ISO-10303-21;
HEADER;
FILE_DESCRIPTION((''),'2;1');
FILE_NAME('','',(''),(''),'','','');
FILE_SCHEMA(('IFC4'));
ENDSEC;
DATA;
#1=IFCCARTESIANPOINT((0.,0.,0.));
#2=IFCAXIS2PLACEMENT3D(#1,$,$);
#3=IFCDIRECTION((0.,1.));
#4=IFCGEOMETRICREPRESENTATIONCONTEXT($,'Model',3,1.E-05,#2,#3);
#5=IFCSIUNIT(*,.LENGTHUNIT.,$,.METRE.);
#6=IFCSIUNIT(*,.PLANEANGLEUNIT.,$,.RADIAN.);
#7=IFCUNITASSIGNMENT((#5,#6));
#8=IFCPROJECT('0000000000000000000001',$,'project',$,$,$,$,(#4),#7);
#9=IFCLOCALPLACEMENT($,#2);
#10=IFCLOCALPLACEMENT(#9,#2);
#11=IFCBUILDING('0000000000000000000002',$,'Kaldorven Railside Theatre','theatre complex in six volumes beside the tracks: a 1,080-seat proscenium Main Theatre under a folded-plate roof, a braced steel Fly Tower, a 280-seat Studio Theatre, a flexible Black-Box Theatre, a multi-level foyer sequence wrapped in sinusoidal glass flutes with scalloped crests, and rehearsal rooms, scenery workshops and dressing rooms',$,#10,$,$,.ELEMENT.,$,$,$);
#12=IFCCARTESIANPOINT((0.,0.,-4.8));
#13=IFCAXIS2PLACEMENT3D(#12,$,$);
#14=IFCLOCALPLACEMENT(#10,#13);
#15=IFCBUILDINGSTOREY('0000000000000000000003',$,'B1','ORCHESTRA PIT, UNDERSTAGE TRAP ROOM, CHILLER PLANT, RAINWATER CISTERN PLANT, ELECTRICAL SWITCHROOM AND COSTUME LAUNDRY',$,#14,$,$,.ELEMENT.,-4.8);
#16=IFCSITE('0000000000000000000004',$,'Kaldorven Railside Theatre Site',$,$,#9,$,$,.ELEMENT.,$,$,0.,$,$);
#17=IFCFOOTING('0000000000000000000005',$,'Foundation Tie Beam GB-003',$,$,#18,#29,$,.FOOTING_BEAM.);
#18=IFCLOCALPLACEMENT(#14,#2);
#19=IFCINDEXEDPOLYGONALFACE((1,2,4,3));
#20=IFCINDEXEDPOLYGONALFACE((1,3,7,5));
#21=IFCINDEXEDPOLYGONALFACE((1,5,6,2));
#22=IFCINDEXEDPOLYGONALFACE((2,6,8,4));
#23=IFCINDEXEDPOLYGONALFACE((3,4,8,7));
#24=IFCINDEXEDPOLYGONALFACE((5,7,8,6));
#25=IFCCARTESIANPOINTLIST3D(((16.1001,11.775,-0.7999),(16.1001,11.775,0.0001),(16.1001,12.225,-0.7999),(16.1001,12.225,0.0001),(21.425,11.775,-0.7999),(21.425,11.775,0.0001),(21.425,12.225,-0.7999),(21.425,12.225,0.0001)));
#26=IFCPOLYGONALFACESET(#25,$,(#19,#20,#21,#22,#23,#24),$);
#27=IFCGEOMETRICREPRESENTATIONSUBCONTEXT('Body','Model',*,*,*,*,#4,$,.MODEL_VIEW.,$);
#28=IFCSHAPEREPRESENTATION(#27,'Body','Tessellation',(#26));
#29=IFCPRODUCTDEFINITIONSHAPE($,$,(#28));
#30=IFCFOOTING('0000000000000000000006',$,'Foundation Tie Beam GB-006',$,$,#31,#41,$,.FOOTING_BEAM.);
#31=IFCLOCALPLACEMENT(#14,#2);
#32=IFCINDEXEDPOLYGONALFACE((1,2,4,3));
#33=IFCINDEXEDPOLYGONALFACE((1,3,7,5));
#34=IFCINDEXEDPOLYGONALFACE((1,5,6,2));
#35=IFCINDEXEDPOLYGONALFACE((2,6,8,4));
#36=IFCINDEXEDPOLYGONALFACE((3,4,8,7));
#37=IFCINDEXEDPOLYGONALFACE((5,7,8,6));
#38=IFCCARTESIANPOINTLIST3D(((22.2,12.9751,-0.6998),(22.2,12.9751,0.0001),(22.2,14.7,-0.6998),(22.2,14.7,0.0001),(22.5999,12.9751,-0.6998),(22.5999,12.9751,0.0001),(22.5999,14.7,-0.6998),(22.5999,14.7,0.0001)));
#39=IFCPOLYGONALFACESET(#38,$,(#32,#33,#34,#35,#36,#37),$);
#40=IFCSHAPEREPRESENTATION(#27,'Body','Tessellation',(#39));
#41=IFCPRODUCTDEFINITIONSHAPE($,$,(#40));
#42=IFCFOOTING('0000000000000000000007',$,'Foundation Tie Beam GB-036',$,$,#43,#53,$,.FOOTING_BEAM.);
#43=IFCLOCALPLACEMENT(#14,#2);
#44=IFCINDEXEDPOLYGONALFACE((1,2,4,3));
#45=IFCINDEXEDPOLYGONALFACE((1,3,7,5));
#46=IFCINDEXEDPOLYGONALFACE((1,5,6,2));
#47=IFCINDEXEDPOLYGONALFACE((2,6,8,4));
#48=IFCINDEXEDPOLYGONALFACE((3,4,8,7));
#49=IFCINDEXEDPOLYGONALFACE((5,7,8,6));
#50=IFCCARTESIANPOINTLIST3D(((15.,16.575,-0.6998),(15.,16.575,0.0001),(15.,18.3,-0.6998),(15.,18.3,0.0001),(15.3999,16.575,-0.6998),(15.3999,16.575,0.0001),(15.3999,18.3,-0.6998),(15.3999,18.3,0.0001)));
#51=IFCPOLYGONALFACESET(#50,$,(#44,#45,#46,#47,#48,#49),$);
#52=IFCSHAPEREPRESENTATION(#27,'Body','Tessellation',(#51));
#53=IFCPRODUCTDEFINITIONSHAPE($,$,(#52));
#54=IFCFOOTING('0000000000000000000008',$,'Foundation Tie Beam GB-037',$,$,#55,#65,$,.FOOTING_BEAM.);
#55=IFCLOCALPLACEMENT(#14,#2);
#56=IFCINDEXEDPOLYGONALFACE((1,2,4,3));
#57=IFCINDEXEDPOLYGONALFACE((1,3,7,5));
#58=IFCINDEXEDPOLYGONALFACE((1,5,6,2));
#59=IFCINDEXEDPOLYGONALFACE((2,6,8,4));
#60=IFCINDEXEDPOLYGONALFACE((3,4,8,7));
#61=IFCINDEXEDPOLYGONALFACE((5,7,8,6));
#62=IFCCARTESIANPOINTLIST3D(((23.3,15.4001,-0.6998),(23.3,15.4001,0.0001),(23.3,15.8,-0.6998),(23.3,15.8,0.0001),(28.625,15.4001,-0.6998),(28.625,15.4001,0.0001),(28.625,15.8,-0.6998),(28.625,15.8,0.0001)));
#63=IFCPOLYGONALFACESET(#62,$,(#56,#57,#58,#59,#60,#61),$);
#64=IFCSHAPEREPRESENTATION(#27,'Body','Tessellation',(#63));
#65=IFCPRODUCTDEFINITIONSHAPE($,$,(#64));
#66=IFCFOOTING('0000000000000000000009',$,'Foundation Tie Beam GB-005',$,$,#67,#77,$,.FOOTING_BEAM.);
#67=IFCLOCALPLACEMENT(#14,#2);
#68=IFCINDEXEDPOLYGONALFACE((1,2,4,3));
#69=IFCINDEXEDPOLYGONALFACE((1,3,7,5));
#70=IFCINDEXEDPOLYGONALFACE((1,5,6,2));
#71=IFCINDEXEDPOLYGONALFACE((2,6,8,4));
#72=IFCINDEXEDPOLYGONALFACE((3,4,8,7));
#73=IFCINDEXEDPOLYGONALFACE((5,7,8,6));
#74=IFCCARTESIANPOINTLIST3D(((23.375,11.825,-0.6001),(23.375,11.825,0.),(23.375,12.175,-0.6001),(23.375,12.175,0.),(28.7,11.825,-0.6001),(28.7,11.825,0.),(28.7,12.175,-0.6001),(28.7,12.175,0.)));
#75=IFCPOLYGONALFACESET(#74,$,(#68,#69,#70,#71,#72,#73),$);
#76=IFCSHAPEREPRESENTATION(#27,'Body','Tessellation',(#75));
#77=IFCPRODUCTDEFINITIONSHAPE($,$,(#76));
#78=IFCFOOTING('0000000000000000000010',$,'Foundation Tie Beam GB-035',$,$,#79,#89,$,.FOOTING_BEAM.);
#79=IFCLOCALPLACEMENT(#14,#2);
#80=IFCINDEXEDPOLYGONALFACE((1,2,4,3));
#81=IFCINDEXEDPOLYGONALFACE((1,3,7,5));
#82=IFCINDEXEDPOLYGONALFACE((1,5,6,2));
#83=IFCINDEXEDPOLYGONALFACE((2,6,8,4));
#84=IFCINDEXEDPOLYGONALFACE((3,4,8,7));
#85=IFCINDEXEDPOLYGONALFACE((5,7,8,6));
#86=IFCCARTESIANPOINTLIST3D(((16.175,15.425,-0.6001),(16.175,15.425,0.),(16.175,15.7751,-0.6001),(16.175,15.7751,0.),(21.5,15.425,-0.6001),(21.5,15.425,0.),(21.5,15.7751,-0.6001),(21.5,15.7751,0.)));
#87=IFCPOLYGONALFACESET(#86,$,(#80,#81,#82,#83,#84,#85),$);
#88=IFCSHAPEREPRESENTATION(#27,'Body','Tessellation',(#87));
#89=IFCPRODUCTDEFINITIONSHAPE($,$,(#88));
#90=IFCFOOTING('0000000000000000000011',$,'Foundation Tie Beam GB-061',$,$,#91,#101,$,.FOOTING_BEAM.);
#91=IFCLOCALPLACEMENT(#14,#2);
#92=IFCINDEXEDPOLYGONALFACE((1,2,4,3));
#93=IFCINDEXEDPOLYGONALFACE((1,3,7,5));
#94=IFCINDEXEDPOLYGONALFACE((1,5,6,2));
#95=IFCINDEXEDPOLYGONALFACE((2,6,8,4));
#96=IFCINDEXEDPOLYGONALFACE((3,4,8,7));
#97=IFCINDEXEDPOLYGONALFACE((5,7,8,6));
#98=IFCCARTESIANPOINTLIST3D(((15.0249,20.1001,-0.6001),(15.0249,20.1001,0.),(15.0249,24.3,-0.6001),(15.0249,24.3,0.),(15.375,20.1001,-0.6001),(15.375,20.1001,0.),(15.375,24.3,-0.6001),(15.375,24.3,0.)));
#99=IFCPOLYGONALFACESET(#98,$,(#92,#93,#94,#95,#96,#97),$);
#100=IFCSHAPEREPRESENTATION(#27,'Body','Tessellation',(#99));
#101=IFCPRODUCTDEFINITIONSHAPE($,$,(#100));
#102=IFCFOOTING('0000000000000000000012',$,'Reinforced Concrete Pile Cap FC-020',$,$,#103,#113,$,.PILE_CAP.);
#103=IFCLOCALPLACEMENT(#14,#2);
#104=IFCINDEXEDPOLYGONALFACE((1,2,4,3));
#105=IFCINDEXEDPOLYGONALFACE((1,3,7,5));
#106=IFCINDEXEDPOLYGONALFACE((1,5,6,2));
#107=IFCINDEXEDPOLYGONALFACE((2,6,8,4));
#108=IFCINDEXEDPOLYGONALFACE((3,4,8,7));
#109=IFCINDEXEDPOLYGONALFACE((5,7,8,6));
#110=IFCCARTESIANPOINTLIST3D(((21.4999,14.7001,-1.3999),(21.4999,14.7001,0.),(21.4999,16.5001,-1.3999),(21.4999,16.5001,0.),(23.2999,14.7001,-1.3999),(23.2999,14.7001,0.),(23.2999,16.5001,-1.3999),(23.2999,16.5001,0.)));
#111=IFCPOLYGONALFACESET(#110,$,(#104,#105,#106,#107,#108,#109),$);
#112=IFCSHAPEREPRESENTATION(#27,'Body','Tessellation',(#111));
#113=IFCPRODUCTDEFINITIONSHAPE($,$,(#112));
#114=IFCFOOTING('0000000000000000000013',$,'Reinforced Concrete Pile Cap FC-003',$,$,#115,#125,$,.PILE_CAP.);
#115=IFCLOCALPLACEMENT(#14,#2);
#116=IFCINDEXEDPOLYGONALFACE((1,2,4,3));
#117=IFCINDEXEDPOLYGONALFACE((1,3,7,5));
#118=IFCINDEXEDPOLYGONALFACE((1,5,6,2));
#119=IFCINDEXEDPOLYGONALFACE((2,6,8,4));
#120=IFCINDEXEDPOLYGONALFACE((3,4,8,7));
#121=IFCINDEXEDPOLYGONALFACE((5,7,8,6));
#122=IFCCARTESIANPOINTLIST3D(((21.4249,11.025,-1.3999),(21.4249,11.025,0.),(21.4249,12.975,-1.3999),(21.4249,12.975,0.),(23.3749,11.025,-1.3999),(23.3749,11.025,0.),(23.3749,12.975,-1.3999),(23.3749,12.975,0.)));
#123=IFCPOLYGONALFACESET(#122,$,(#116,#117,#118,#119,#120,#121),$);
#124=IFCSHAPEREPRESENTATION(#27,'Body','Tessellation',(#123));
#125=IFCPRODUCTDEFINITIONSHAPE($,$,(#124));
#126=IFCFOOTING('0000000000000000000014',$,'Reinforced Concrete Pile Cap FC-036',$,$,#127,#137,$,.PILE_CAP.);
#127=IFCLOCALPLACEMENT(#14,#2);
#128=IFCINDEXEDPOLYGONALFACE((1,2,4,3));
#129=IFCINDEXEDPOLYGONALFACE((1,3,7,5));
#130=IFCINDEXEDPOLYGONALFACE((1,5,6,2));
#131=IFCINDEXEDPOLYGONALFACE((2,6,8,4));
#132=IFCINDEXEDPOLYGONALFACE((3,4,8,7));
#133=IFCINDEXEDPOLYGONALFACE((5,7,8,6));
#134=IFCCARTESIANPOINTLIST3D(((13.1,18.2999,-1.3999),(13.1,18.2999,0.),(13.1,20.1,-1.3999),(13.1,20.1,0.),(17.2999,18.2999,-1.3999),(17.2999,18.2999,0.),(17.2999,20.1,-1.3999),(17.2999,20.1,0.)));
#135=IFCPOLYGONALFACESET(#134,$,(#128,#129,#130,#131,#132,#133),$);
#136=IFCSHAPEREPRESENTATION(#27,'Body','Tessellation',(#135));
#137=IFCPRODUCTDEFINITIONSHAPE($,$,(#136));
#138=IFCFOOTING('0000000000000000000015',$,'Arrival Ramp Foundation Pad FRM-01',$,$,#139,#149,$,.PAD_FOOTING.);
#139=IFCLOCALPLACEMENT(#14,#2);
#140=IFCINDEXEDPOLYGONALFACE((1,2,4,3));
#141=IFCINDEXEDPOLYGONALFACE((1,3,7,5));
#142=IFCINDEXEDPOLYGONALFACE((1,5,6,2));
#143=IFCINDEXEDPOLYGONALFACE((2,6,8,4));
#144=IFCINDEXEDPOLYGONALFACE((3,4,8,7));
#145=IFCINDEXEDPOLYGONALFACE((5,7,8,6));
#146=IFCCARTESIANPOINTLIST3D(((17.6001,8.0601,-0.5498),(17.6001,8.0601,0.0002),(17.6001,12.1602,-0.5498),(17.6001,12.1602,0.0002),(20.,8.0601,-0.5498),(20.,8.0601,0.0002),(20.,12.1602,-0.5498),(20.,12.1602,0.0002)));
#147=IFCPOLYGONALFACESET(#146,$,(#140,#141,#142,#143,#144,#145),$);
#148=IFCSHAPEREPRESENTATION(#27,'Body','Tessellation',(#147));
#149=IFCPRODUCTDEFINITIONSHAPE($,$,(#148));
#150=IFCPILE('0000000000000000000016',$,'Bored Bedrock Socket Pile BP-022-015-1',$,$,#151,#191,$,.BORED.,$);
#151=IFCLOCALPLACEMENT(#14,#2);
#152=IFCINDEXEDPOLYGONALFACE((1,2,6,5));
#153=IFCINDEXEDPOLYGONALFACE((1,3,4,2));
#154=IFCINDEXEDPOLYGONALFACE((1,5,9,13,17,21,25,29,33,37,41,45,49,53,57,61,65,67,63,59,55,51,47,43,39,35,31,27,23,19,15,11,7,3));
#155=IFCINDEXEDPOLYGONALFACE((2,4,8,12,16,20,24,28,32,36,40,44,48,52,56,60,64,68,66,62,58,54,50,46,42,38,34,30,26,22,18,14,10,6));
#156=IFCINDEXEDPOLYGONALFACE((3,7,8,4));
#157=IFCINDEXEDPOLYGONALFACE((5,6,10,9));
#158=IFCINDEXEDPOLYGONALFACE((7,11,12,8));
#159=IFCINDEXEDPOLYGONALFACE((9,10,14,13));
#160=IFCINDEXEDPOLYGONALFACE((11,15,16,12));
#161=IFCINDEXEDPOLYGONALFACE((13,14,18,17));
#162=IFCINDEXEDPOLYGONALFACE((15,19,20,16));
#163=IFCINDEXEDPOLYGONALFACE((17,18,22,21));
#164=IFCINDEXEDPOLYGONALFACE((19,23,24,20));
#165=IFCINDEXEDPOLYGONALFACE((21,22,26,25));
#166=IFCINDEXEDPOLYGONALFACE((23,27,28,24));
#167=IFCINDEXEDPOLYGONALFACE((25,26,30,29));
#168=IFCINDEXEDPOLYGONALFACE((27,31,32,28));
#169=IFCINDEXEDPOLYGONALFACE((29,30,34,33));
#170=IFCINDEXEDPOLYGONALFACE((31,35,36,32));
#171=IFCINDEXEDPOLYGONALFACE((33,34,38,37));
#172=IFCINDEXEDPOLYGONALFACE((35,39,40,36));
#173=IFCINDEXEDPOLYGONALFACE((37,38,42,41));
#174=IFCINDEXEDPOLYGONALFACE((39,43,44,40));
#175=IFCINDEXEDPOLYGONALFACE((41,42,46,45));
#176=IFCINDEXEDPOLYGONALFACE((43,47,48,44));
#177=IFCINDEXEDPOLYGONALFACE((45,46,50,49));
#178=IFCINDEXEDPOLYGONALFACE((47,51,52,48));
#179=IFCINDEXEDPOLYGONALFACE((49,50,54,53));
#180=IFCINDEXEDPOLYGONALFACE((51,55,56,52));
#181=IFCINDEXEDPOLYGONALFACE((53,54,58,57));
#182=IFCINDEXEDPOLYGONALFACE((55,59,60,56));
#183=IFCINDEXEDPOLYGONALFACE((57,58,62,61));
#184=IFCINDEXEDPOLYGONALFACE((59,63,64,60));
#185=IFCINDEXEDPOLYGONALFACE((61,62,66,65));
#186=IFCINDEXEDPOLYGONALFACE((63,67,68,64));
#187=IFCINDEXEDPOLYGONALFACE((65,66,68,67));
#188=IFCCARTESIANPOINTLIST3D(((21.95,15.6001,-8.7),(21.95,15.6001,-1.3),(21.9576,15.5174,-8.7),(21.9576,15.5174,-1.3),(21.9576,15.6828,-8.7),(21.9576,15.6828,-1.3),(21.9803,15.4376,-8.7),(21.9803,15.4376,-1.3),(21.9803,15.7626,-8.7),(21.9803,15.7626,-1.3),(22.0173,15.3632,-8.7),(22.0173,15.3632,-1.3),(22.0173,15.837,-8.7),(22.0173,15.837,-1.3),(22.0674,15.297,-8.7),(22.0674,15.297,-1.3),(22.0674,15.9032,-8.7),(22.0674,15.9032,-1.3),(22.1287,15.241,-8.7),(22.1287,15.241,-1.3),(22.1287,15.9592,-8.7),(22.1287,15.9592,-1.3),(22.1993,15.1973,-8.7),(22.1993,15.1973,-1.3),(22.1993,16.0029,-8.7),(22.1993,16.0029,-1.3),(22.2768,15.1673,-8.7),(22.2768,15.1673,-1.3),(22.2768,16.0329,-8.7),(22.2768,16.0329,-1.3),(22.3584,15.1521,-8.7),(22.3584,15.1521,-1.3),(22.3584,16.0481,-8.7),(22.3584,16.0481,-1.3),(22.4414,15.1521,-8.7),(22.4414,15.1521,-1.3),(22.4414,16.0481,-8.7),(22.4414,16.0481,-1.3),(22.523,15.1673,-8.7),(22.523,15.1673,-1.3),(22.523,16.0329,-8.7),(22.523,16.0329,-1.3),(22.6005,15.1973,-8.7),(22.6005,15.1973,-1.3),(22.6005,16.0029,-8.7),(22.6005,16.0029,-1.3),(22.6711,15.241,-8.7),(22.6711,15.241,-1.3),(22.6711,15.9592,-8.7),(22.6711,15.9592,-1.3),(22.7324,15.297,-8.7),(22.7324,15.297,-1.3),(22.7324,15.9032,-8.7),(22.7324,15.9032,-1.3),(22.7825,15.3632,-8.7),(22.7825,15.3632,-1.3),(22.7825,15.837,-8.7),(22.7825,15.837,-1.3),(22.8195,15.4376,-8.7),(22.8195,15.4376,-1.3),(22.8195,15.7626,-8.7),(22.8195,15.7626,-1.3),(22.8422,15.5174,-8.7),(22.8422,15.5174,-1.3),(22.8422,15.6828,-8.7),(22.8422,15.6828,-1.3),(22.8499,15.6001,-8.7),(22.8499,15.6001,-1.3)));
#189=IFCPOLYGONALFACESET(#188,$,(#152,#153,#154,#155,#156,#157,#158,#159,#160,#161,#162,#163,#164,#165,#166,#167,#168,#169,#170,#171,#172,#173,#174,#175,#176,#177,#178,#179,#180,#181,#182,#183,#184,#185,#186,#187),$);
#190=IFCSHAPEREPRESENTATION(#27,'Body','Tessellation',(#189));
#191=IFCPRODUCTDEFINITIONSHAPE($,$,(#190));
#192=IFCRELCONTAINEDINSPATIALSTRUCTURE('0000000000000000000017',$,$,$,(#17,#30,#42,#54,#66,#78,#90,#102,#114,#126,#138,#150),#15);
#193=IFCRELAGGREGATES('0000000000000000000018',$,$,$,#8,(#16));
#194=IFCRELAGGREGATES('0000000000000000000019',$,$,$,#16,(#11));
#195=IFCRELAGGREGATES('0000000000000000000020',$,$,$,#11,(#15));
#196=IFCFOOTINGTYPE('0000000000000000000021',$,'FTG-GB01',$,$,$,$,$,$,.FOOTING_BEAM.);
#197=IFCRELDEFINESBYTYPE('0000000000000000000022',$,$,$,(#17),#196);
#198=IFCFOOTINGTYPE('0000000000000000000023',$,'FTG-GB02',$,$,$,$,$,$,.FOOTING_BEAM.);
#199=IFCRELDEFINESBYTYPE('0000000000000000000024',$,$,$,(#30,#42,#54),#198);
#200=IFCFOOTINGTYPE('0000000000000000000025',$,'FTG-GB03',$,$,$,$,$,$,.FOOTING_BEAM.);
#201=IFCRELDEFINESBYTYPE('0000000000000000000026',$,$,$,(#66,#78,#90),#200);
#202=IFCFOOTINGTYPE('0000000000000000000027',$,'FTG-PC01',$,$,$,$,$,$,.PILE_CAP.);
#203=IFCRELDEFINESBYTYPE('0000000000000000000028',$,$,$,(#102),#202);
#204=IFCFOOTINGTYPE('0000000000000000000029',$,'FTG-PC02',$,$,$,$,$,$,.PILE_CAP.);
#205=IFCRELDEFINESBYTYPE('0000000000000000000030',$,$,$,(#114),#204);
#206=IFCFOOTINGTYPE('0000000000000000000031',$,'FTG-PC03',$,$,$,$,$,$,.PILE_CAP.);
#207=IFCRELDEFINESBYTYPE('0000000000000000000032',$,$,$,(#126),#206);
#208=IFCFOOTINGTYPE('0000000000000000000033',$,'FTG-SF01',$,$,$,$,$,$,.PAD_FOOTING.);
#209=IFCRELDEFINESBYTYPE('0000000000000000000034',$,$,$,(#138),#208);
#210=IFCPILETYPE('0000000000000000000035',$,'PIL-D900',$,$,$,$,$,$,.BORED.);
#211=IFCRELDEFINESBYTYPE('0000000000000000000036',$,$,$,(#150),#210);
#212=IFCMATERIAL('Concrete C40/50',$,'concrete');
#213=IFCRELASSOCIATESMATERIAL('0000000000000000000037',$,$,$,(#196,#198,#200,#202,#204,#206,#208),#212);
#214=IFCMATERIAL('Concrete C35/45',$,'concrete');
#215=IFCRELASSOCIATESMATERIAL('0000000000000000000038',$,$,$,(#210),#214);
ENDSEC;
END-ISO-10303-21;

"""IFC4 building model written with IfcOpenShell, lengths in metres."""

from ifc_helpers import new_model, si_unit, direction, frame, origin, origin_2d, place, context, subcontext, project, spatial, rectangle, circle, extrude, material, material_profile, profile_set, type_object, element, save


model = new_model("IFC4")

# Units and contexts
model_context = context("Model", 3, precision=1e-05, world=origin(), true_north=direction((0.0, 1.0)))
body_context = subcontext(model_context, "Body", "Model", "MODEL_VIEW")
ifc_project = project(units=[si_unit("LENGTHUNIT", "METRE"), si_unit("PLANEANGLEUNIT", "RADIAN")], contexts=[model_context])

# Site, building, storey
site_placement = place(None, origin())
site = spatial("IfcSite", under=ifc_project, at=site_placement, Name="Kaldorven Railside Theatre Site", CompositionType="ELEMENT", RefElevation=0.0)
building_placement = place(site_placement, origin())
building = spatial("IfcBuilding", under=site, at=building_placement, Name="Kaldorven Railside Theatre", Description="theatre complex in six volumes beside the tracks: a 1,080-seat proscenium Main Theatre under a folded-plate roof, a braced steel Fly Tower, a 280-seat Studio Theatre, a flexible Black-Box Theatre, a multi-level foyer sequence wrapped in sinusoidal glass flutes with scalloped crests, and rehearsal rooms, scenery workshops and dressing rooms", CompositionType="ELEMENT")
storey_placement = place(building_placement, frame((0.0, 0.0, -4.8)))
storey = spatial("IfcBuildingStorey", under=building, at=storey_placement, Name="B1", Description="ORCHESTRA PIT, UNDERSTAGE TRAP ROOM, CHILLER PLANT, RAINWATER CISTERN PLANT, ELECTRICAL SWITCHROOM AND COSTUME LAUNDRY", CompositionType="ELEMENT", Elevation=-4.8)

# Footings
ifc_material_1 = material(Name="Concrete C40/50", Category="concrete")
ifc_material_profile_1 = material_profile(ifc_material_1, rectangle(XDim=0.45, YDim=0.8, at=origin_2d()), Name="RC 450x800")
ifc_profile_set_1 = profile_set([ifc_material_profile_1], Name="Concrete C40/50")
footing_type_1 = type_object("IfcFootingType", Name="FTG-GB01", PredefinedType="FOOTING_BEAM", material=ifc_profile_set_1)
footing_1_placement = place(storey_placement, frame((16.1001, 12.0, -0.3999), z_axis=(1.0, 0.0, 0.0), x_axis=(0.0, 1.0, 0.0)))
element("IfcFooting", 1, at=footing_1_placement, inside=storey, type_object=footing_type_1, Name="Foundation Tie Beam GB-003", PredefinedType="FOOTING_BEAM", context=body_context, shape_type="SweptSolid", body=[
    extrude(rectangle(XDim=0.45, YDim=0.8, at=origin_2d()), origin(), (0.0, 0.0, 1.0), 5.325),
])
ifc_material_profile_2 = material_profile(ifc_material_1, rectangle(XDim=0.3999, YDim=0.7, at=origin_2d()), Name="RC 400x700")
ifc_profile_set_2 = profile_set([ifc_material_profile_2], Name="Concrete C40/50")
footing_type_2 = type_object("IfcFootingType", Name="FTG-GB02", PredefinedType="FOOTING_BEAM", material=ifc_profile_set_2)
footing_2_placement = place(storey_placement, frame((22.3999, 12.9751, -0.3499), z_axis=(0.0, 1.0, 0.0), x_axis=(-1.0, 0.0, 0.0)))
element("IfcFooting", 2, at=footing_2_placement, inside=storey, type_object=footing_type_2, Name="Foundation Tie Beam GB-006", PredefinedType="FOOTING_BEAM", context=body_context, shape_type="SweptSolid", body=[
    extrude(rectangle(XDim=0.3999, YDim=0.7, at=origin_2d()), origin(), (0.0, 0.0, 1.0), 1.7249),
])
footing_3_placement = place(storey_placement, frame((15.2, 16.575, -0.3499), z_axis=(0.0, 1.0, 0.0), x_axis=(-1.0, 0.0, 0.0)))
element("IfcFooting", 3, at=footing_3_placement, inside=storey, type_object=footing_type_2, Name="Foundation Tie Beam GB-036", PredefinedType="FOOTING_BEAM", context=body_context, shape_type="SweptSolid", body=[
    extrude(rectangle(XDim=0.3999, YDim=0.7, at=origin_2d()), origin(), (0.0, 0.0, 1.0), 1.7251),
])
footing_4_placement = place(storey_placement, frame((23.3, 15.6001, -0.3499), z_axis=(1.0, 0.0, 0.0), x_axis=(0.0, 1.0, 0.0)))
element("IfcFooting", 4, at=footing_4_placement, inside=storey, type_object=footing_type_2, Name="Foundation Tie Beam GB-037", PredefinedType="FOOTING_BEAM", context=body_context, shape_type="SweptSolid", body=[
    extrude(rectangle(XDim=0.3999, YDim=0.7, at=origin_2d()), origin(), (0.0, 0.0, 1.0), 5.325),
])
ifc_material_profile_3 = material_profile(ifc_material_1, rectangle(XDim=0.3501, YDim=0.6001, at=origin_2d()), Name="RC 350x600")
ifc_profile_set_3 = profile_set([ifc_material_profile_3], Name="Concrete C40/50")
footing_type_3 = type_object("IfcFootingType", Name="FTG-GB03", PredefinedType="FOOTING_BEAM", material=ifc_profile_set_3)
for number, where, z_axis, x_axis, name in (
    (5, (23.375, 12.0, -0.3), (1.0, 0.0, 0.0), (0.0, 1.0, 0.0), "Foundation Tie Beam GB-005"),
    (6, (16.175, 15.6001, -0.3), (1.0, 0.0, 0.0), (0.0, 1.0, 0.0), "Foundation Tie Beam GB-035"),
):
    element("IfcFooting", number, at=place(storey_placement, frame(where, z_axis=z_axis, x_axis=x_axis)), inside=storey, type_object=footing_type_3, Name=name, PredefinedType="FOOTING_BEAM", context=body_context, shape_type="SweptSolid", body=[
        extrude(rectangle(XDim=0.3501, YDim=0.6001, at=origin_2d()), origin(), (0.0, 0.0, 1.0), 5.325),
    ])
footing_5_placement = place(storey_placement, frame((15.2, 20.1001, -0.3), z_axis=(0.0, 1.0, 0.0), x_axis=(-1.0, 0.0, 0.0)))
element("IfcFooting", 7, at=footing_5_placement, inside=storey, type_object=footing_type_3, Name="Foundation Tie Beam GB-061", PredefinedType="FOOTING_BEAM", context=body_context, shape_type="SweptSolid", body=[
    extrude(rectangle(XDim=0.3501, YDim=0.6001, at=origin_2d()), origin(), (0.0, 0.0, 1.0), 4.2),
])
footing_type_4 = type_object("IfcFootingType", Name="FTG-PC01", PredefinedType="PILE_CAP", material=ifc_material_1)
footing_6_placement = place(storey_placement, frame((22.3999, 15.6001, -1.3999), z_axis=(0.0, 0.0, 1.0), x_axis=(1.0, 0.0, 0.0)))
element("IfcFooting", 8, at=footing_6_placement, inside=storey, type_object=footing_type_4, Name="Reinforced Concrete Pile Cap FC-020", PredefinedType="PILE_CAP", context=body_context, shape_type="SweptSolid", body=[
    extrude(rectangle(XDim=1.8, YDim=1.8, at=origin_2d()), origin(), (0.0, 0.0, 1.0), 1.3999),
])
footing_type_5 = type_object("IfcFootingType", Name="FTG-PC02", PredefinedType="PILE_CAP", material=ifc_material_1)
footing_7_placement = place(storey_placement, frame((22.3999, 12.0, -1.3999), z_axis=(0.0, 0.0, 1.0), x_axis=(1.0, 0.0, 0.0)))
element("IfcFooting", 9, at=footing_7_placement, inside=storey, type_object=footing_type_5, Name="Reinforced Concrete Pile Cap FC-003", PredefinedType="PILE_CAP", context=body_context, shape_type="SweptSolid", body=[
    extrude(rectangle(XDim=1.95, YDim=1.95, at=origin_2d()), origin(), (0.0, 0.0, 1.0), 1.3999),
])
footing_type_6 = type_object("IfcFootingType", Name="FTG-PC03", PredefinedType="PILE_CAP", material=ifc_material_1)
footing_8_placement = place(storey_placement, frame((15.2, 19.2, -1.3999), z_axis=(0.0, 0.0, 1.0), x_axis=(1.0, 0.0, 0.0)))
element("IfcFooting", 10, at=footing_8_placement, inside=storey, type_object=footing_type_6, Name="Reinforced Concrete Pile Cap FC-036", PredefinedType="PILE_CAP", context=body_context, shape_type="SweptSolid", body=[
    extrude(rectangle(XDim=4.2, YDim=1.8, at=origin_2d()), origin(), (0.0, 0.0, 1.0), 1.3999),
])
footing_type_7 = type_object("IfcFootingType", Name="FTG-SF01", PredefinedType="PAD_FOOTING", material=ifc_material_1)
footing_9_placement = place(storey_placement, frame((18.8, 10.1101, -0.5498), z_axis=(0.0, 0.0, 1.0), x_axis=(1.0, 0.0, 0.0)))
element("IfcFooting", 11, at=footing_9_placement, inside=storey, type_object=footing_type_7, Name="Arrival Ramp Foundation Pad FRM-01", PredefinedType="PAD_FOOTING", context=body_context, shape_type="SweptSolid", body=[
    extrude(rectangle(XDim=2.3999, YDim=4.1001, at=origin_2d()), origin(), (0.0, 0.0, 1.0), 0.55),
])

# Pile
ifc_material_2 = material(Name="Concrete C35/45", Category="concrete")
ifc_material_profile_4 = material_profile(ifc_material_2, circle(Radius=0.45, at=origin_2d()), Name="BP D900")
ifc_profile_set_4 = profile_set([ifc_material_profile_4], Name="Concrete C35/45")
pile_type_1 = type_object("IfcPileType", Name="PIL-D900", PredefinedType="BORED", material=ifc_profile_set_4)
for number, where, z_axis, x_axis, name in (
    (12, (22.3999, 15.6001, -1.3), (0.0, 0.0, -1.0), (1.0, 0.0, 0.0), "Bored Bedrock Socket Pile BP-022-015-1"),
):
    element("IfcPile", number, at=place(storey_placement, frame(where, z_axis=z_axis, x_axis=x_axis)), inside=storey, type_object=pile_type_1, Name=name, PredefinedType="BORED", context=body_context, shape_type="SweptSolid", body=[
        extrude(circle(Radius=0.45, at=origin_2d()), origin(), (0.0, 0.0, 1.0), 7.3999),
    ])

save(model, "model.ifc")
